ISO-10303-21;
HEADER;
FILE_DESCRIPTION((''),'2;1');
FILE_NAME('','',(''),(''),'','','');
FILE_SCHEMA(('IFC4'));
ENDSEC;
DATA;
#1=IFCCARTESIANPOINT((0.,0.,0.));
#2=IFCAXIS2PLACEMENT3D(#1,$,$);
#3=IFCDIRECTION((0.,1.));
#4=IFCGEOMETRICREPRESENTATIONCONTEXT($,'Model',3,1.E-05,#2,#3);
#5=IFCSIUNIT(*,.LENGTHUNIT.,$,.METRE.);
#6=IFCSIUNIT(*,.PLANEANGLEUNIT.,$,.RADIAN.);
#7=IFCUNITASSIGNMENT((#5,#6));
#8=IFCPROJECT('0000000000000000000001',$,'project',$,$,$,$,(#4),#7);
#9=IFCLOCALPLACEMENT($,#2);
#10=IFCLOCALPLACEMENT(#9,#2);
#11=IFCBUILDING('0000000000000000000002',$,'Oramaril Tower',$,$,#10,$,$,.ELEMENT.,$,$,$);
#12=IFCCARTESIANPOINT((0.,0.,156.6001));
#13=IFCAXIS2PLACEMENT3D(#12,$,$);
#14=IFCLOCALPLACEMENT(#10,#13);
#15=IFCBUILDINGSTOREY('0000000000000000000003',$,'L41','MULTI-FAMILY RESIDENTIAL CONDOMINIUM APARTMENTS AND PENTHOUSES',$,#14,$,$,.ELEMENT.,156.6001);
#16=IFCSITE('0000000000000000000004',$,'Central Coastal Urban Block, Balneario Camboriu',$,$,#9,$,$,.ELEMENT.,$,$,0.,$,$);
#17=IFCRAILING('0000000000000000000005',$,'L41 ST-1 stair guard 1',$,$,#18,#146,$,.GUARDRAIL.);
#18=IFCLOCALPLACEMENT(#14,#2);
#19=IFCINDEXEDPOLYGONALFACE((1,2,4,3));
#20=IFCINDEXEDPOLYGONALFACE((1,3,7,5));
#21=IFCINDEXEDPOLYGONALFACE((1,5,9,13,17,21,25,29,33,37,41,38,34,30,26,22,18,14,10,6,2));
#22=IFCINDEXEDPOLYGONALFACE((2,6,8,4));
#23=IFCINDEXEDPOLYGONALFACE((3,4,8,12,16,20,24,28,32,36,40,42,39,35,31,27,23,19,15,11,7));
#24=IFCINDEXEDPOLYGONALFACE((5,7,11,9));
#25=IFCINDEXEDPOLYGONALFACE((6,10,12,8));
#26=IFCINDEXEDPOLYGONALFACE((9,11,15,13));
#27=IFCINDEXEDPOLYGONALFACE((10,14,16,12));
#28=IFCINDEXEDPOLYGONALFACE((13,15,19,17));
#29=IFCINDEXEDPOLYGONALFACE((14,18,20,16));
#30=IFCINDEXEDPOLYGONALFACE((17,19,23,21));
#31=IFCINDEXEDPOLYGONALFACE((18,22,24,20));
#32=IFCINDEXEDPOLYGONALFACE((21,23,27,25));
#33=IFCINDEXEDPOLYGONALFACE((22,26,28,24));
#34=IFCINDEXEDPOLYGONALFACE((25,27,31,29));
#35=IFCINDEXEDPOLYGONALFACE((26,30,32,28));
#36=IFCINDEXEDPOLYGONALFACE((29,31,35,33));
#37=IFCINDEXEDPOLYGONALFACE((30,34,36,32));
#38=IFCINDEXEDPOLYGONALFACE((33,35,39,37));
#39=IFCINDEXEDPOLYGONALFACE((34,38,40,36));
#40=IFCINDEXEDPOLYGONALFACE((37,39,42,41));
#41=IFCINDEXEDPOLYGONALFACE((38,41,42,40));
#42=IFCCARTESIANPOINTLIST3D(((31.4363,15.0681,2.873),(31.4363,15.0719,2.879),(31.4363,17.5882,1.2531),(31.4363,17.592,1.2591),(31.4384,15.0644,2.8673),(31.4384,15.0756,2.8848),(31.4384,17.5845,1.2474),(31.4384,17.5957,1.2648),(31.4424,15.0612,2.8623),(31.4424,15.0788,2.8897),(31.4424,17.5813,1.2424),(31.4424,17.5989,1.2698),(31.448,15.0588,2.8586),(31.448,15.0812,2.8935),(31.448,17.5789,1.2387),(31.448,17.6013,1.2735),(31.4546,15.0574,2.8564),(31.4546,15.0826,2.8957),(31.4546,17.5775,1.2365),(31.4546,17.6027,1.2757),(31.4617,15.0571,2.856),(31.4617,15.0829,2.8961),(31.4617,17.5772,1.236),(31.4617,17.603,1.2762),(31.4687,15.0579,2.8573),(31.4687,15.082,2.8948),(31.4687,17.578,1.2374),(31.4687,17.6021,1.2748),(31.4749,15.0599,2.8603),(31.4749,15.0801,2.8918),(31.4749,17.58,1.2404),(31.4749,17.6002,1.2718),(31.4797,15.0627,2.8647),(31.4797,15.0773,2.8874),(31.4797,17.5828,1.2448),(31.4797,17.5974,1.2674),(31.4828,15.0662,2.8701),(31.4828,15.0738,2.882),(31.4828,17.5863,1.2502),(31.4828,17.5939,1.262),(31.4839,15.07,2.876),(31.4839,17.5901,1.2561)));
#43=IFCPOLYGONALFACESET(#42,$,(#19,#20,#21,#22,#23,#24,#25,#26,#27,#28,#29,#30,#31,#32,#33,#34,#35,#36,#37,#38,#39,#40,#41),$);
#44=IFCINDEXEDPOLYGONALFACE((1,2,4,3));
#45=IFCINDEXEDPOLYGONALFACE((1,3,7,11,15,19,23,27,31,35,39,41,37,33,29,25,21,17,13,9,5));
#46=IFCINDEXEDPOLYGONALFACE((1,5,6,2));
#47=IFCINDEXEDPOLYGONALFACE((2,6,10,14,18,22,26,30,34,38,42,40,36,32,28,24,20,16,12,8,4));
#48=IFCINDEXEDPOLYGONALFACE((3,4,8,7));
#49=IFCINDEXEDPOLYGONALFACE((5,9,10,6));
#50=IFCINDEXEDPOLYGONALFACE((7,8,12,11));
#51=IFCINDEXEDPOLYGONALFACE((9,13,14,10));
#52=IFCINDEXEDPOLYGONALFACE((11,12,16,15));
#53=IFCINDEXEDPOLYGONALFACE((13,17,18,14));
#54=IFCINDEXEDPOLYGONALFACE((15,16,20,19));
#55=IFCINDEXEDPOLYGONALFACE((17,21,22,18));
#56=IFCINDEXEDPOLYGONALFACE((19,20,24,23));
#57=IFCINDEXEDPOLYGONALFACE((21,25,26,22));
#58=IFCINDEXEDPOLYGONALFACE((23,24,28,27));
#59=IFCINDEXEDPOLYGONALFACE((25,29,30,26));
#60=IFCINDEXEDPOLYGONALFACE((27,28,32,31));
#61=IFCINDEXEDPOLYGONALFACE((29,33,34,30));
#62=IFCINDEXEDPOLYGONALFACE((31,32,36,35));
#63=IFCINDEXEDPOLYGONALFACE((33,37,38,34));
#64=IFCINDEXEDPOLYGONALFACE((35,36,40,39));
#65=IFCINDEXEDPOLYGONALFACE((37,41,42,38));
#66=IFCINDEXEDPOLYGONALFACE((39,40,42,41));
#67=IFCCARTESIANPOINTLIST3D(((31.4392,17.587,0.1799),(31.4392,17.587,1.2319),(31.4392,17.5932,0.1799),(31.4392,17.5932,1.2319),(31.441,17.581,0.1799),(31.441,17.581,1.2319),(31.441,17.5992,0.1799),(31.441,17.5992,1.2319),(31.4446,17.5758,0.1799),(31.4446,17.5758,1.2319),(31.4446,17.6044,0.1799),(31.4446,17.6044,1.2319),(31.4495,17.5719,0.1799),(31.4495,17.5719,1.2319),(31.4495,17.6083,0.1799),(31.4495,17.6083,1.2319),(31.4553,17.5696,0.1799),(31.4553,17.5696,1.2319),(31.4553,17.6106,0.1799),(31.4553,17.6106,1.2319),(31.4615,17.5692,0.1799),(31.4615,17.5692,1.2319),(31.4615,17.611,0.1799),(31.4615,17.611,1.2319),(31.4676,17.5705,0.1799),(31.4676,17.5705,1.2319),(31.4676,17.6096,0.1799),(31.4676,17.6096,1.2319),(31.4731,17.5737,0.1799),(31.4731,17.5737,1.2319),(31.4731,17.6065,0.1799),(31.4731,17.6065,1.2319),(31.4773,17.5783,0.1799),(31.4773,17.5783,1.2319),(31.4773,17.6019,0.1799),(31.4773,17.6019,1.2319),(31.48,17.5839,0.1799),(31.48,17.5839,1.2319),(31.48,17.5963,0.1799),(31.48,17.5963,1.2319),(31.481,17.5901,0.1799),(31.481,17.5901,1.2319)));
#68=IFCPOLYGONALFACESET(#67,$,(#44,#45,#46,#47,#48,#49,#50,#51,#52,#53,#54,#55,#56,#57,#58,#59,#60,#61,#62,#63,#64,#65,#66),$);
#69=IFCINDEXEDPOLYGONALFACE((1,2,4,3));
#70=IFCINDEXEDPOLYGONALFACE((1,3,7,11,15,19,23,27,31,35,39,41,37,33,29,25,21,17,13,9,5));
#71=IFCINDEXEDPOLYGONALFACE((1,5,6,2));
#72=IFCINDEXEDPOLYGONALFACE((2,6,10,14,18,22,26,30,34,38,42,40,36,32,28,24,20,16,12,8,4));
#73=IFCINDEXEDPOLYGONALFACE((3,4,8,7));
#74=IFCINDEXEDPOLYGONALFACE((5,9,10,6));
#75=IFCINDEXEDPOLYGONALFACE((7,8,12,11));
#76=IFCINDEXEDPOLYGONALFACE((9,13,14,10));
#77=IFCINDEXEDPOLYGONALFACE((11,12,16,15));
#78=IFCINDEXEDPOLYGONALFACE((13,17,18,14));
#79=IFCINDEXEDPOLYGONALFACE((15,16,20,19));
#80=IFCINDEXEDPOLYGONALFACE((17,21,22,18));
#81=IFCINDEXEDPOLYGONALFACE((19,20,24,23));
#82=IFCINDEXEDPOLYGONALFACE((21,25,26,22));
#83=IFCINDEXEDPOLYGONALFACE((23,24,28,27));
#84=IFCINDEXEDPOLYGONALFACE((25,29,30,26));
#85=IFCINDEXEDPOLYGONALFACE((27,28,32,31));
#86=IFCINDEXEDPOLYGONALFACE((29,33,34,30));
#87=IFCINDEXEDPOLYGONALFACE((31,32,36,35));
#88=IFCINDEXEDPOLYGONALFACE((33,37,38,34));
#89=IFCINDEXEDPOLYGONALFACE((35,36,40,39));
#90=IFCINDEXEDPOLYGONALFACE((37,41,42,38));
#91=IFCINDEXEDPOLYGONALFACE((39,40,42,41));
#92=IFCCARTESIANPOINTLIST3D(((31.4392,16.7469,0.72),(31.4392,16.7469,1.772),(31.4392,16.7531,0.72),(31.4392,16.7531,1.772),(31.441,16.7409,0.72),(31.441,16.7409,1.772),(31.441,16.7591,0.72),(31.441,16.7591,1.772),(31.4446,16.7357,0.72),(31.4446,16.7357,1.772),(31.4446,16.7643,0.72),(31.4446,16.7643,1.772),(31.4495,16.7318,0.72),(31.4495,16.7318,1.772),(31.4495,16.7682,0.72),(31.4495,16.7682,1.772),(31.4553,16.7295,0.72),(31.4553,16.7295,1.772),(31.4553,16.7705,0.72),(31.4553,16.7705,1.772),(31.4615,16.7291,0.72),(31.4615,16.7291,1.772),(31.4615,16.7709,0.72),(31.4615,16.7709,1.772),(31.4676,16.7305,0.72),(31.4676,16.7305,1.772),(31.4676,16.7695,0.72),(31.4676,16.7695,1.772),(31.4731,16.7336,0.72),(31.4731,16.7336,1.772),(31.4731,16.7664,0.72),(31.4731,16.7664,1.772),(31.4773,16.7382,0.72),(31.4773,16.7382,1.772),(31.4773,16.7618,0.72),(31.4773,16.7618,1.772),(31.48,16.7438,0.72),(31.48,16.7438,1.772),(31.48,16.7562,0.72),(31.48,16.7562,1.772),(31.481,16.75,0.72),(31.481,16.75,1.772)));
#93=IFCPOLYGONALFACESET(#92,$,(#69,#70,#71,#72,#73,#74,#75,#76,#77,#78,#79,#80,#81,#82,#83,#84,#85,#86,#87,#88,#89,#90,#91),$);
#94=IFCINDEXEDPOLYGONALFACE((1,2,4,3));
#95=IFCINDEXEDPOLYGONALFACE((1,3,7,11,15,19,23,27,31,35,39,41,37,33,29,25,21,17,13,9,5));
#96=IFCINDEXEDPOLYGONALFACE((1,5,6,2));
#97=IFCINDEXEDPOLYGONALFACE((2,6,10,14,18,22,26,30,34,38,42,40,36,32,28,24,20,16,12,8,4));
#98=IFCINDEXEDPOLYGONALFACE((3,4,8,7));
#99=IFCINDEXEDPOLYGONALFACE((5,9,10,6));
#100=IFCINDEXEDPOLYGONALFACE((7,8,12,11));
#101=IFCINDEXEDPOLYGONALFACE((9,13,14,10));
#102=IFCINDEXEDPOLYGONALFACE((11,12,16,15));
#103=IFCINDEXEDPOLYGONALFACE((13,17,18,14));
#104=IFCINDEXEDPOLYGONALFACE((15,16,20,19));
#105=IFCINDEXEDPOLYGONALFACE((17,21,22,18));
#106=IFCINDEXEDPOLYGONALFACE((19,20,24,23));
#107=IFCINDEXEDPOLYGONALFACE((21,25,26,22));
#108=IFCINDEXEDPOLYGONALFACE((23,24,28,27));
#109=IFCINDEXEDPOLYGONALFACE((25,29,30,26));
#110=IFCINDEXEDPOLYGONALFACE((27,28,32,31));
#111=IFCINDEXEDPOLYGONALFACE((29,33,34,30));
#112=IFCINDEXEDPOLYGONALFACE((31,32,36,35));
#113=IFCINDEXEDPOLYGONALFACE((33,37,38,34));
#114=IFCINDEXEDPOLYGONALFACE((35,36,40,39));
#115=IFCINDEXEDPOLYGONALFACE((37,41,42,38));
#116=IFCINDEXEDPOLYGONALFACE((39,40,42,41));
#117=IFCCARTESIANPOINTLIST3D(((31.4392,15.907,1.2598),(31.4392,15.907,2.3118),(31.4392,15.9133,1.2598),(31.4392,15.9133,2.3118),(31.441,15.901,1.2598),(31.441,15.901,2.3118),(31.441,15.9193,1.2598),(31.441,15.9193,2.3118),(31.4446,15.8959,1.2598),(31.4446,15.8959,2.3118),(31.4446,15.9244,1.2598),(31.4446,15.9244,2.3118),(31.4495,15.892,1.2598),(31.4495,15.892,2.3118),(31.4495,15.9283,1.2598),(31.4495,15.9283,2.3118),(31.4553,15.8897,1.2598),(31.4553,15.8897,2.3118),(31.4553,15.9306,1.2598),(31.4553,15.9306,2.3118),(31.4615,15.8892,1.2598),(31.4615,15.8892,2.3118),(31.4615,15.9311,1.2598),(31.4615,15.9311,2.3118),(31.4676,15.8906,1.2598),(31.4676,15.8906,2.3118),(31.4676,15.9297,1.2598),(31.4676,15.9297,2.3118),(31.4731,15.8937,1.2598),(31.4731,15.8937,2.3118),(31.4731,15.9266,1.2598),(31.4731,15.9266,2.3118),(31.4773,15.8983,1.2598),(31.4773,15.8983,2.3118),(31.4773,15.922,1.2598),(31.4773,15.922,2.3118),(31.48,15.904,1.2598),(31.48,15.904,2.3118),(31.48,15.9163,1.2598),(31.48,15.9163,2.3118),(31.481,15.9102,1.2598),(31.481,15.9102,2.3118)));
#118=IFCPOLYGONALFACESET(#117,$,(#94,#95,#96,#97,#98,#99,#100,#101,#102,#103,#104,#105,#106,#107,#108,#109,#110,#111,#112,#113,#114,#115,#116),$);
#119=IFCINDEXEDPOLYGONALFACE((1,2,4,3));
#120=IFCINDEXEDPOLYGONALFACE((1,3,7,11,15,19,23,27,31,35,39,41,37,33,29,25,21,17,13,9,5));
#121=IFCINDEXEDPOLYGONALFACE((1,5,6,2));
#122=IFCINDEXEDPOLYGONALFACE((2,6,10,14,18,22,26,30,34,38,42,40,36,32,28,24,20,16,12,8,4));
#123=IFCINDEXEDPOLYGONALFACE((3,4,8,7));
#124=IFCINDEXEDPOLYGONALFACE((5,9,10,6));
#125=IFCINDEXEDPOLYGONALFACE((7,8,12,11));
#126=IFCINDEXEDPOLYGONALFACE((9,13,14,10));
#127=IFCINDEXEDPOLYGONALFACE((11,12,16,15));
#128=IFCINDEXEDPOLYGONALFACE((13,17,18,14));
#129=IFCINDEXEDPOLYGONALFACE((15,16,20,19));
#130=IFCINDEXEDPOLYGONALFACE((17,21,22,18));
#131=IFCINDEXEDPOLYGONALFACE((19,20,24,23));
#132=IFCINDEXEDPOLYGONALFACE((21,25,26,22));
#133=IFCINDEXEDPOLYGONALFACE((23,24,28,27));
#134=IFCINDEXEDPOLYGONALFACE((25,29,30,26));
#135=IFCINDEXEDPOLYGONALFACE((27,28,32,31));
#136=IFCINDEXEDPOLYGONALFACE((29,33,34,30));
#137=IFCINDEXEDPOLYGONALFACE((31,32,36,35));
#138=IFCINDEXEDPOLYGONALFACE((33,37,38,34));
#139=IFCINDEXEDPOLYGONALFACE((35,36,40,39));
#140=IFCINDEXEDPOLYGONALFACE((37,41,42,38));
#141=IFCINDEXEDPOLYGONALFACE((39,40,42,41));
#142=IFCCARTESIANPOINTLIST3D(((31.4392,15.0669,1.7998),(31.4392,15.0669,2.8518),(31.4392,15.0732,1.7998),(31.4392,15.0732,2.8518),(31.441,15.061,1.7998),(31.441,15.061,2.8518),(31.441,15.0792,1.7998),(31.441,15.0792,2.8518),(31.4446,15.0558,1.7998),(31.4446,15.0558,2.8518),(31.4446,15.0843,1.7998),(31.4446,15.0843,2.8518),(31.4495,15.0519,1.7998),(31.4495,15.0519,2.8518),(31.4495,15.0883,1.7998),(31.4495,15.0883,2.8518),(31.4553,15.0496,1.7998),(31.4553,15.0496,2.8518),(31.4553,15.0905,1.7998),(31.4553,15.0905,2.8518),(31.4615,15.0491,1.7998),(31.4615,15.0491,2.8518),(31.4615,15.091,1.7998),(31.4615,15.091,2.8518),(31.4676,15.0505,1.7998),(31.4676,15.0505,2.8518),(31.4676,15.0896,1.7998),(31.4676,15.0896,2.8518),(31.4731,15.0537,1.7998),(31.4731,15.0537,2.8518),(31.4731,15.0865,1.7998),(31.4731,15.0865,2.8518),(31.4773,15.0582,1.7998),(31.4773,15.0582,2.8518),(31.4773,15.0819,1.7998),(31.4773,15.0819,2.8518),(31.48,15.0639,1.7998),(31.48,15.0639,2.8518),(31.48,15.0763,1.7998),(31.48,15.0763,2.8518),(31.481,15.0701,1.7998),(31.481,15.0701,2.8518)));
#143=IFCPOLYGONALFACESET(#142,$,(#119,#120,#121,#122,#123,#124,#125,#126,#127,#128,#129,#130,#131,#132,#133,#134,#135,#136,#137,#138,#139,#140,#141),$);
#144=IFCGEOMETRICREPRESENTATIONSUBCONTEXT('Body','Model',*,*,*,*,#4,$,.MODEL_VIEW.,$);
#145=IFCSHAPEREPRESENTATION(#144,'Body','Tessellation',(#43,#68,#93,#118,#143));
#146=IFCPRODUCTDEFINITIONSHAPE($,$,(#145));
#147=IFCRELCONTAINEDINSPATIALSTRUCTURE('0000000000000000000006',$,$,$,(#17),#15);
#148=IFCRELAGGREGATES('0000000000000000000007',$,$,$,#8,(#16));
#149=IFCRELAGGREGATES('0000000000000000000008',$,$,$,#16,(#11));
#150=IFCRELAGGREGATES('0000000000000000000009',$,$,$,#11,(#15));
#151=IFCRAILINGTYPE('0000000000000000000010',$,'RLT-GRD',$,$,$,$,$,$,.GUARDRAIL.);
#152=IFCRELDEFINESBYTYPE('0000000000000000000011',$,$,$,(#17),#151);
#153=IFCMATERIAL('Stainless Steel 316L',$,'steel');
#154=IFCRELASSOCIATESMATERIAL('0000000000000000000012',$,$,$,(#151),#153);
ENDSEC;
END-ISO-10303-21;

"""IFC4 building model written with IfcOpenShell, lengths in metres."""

from ifc_helpers import new_model, si_unit, direction, frame, origin, origin_2d, place, context, subcontext, project, spatial, circle, extrude, material, type_object, element, save


model = new_model("IFC4")

# Units and contexts
model_context = context("Model", 3, precision=1e-05, world=origin(), true_north=direction((0.0, 1.0)))
body_context = subcontext(model_context, "Body", "Model", "MODEL_VIEW")
ifc_project = project(units=[si_unit("LENGTHUNIT", "METRE"), si_unit("PLANEANGLEUNIT", "RADIAN")], contexts=[model_context])

# Site, building, storey
site_placement = place(None, origin())
site = spatial("IfcSite", under=ifc_project, at=site_placement, Name="Central Coastal Urban Block, Balneario Camboriu", CompositionType="ELEMENT", RefElevation=0.0)
building_placement = place(site_placement, origin())
building = spatial("IfcBuilding", under=site, at=building_placement, Name="Oramaril Tower", CompositionType="ELEMENT")
storey_placement = place(building_placement, frame((0.0, 0.0, 156.6001)))
storey = spatial("IfcBuildingStorey", under=building, at=storey_placement, Name="L41", Description="MULTI-FAMILY RESIDENTIAL CONDOMINIUM APARTMENTS AND PENTHOUSES", CompositionType="ELEMENT", Elevation=156.6001)

# Railing
ifc_material_1 = material(Name="Stainless Steel 316L", Category="steel")
railing_type_1 = type_object("IfcRailingType", Name="RLT-GRD", PredefinedType="GUARDRAIL", material=ifc_material_1)
railing_1_placement = place(storey_placement, frame((31.46, 17.5901, 0.1799)))
element("IfcRailing", 1, at=railing_1_placement, inside=storey, type_object=railing_type_1, Name="L41 ST-1 stair guard 1", PredefinedType="GUARDRAIL", context=body_context, shape_type="SweptSolid", body=[
    extrude(circle(Radius=0.0239, at=origin_2d()), frame((0.0, 0.0, 1.0762), z_axis=(0.0, -0.8412, 0.540725), x_axis=(1.0, 0.0, 0.0)), (0.0, 0.0, 1.0), 2.9958),
    extrude(circle(Radius=0.021, at=origin_2d()), origin(), (0.0, 0.0, 1.0), 1.052),
    extrude(circle(Radius=0.021, at=origin_2d()), frame((0.0, -0.8401, 0.54)), (0.0, 0.0, 1.0), 1.052),
    extrude(circle(Radius=0.021, at=origin_2d()), frame((0.0, -1.6799, 1.0798)), (0.0, 0.0, 1.0), 1.052),
    extrude(circle(Radius=0.021, at=origin_2d()), frame((0.0, -2.52, 1.6199)), (0.0, 0.0, 1.0), 1.052),
])

save(model, "model.ifc")
